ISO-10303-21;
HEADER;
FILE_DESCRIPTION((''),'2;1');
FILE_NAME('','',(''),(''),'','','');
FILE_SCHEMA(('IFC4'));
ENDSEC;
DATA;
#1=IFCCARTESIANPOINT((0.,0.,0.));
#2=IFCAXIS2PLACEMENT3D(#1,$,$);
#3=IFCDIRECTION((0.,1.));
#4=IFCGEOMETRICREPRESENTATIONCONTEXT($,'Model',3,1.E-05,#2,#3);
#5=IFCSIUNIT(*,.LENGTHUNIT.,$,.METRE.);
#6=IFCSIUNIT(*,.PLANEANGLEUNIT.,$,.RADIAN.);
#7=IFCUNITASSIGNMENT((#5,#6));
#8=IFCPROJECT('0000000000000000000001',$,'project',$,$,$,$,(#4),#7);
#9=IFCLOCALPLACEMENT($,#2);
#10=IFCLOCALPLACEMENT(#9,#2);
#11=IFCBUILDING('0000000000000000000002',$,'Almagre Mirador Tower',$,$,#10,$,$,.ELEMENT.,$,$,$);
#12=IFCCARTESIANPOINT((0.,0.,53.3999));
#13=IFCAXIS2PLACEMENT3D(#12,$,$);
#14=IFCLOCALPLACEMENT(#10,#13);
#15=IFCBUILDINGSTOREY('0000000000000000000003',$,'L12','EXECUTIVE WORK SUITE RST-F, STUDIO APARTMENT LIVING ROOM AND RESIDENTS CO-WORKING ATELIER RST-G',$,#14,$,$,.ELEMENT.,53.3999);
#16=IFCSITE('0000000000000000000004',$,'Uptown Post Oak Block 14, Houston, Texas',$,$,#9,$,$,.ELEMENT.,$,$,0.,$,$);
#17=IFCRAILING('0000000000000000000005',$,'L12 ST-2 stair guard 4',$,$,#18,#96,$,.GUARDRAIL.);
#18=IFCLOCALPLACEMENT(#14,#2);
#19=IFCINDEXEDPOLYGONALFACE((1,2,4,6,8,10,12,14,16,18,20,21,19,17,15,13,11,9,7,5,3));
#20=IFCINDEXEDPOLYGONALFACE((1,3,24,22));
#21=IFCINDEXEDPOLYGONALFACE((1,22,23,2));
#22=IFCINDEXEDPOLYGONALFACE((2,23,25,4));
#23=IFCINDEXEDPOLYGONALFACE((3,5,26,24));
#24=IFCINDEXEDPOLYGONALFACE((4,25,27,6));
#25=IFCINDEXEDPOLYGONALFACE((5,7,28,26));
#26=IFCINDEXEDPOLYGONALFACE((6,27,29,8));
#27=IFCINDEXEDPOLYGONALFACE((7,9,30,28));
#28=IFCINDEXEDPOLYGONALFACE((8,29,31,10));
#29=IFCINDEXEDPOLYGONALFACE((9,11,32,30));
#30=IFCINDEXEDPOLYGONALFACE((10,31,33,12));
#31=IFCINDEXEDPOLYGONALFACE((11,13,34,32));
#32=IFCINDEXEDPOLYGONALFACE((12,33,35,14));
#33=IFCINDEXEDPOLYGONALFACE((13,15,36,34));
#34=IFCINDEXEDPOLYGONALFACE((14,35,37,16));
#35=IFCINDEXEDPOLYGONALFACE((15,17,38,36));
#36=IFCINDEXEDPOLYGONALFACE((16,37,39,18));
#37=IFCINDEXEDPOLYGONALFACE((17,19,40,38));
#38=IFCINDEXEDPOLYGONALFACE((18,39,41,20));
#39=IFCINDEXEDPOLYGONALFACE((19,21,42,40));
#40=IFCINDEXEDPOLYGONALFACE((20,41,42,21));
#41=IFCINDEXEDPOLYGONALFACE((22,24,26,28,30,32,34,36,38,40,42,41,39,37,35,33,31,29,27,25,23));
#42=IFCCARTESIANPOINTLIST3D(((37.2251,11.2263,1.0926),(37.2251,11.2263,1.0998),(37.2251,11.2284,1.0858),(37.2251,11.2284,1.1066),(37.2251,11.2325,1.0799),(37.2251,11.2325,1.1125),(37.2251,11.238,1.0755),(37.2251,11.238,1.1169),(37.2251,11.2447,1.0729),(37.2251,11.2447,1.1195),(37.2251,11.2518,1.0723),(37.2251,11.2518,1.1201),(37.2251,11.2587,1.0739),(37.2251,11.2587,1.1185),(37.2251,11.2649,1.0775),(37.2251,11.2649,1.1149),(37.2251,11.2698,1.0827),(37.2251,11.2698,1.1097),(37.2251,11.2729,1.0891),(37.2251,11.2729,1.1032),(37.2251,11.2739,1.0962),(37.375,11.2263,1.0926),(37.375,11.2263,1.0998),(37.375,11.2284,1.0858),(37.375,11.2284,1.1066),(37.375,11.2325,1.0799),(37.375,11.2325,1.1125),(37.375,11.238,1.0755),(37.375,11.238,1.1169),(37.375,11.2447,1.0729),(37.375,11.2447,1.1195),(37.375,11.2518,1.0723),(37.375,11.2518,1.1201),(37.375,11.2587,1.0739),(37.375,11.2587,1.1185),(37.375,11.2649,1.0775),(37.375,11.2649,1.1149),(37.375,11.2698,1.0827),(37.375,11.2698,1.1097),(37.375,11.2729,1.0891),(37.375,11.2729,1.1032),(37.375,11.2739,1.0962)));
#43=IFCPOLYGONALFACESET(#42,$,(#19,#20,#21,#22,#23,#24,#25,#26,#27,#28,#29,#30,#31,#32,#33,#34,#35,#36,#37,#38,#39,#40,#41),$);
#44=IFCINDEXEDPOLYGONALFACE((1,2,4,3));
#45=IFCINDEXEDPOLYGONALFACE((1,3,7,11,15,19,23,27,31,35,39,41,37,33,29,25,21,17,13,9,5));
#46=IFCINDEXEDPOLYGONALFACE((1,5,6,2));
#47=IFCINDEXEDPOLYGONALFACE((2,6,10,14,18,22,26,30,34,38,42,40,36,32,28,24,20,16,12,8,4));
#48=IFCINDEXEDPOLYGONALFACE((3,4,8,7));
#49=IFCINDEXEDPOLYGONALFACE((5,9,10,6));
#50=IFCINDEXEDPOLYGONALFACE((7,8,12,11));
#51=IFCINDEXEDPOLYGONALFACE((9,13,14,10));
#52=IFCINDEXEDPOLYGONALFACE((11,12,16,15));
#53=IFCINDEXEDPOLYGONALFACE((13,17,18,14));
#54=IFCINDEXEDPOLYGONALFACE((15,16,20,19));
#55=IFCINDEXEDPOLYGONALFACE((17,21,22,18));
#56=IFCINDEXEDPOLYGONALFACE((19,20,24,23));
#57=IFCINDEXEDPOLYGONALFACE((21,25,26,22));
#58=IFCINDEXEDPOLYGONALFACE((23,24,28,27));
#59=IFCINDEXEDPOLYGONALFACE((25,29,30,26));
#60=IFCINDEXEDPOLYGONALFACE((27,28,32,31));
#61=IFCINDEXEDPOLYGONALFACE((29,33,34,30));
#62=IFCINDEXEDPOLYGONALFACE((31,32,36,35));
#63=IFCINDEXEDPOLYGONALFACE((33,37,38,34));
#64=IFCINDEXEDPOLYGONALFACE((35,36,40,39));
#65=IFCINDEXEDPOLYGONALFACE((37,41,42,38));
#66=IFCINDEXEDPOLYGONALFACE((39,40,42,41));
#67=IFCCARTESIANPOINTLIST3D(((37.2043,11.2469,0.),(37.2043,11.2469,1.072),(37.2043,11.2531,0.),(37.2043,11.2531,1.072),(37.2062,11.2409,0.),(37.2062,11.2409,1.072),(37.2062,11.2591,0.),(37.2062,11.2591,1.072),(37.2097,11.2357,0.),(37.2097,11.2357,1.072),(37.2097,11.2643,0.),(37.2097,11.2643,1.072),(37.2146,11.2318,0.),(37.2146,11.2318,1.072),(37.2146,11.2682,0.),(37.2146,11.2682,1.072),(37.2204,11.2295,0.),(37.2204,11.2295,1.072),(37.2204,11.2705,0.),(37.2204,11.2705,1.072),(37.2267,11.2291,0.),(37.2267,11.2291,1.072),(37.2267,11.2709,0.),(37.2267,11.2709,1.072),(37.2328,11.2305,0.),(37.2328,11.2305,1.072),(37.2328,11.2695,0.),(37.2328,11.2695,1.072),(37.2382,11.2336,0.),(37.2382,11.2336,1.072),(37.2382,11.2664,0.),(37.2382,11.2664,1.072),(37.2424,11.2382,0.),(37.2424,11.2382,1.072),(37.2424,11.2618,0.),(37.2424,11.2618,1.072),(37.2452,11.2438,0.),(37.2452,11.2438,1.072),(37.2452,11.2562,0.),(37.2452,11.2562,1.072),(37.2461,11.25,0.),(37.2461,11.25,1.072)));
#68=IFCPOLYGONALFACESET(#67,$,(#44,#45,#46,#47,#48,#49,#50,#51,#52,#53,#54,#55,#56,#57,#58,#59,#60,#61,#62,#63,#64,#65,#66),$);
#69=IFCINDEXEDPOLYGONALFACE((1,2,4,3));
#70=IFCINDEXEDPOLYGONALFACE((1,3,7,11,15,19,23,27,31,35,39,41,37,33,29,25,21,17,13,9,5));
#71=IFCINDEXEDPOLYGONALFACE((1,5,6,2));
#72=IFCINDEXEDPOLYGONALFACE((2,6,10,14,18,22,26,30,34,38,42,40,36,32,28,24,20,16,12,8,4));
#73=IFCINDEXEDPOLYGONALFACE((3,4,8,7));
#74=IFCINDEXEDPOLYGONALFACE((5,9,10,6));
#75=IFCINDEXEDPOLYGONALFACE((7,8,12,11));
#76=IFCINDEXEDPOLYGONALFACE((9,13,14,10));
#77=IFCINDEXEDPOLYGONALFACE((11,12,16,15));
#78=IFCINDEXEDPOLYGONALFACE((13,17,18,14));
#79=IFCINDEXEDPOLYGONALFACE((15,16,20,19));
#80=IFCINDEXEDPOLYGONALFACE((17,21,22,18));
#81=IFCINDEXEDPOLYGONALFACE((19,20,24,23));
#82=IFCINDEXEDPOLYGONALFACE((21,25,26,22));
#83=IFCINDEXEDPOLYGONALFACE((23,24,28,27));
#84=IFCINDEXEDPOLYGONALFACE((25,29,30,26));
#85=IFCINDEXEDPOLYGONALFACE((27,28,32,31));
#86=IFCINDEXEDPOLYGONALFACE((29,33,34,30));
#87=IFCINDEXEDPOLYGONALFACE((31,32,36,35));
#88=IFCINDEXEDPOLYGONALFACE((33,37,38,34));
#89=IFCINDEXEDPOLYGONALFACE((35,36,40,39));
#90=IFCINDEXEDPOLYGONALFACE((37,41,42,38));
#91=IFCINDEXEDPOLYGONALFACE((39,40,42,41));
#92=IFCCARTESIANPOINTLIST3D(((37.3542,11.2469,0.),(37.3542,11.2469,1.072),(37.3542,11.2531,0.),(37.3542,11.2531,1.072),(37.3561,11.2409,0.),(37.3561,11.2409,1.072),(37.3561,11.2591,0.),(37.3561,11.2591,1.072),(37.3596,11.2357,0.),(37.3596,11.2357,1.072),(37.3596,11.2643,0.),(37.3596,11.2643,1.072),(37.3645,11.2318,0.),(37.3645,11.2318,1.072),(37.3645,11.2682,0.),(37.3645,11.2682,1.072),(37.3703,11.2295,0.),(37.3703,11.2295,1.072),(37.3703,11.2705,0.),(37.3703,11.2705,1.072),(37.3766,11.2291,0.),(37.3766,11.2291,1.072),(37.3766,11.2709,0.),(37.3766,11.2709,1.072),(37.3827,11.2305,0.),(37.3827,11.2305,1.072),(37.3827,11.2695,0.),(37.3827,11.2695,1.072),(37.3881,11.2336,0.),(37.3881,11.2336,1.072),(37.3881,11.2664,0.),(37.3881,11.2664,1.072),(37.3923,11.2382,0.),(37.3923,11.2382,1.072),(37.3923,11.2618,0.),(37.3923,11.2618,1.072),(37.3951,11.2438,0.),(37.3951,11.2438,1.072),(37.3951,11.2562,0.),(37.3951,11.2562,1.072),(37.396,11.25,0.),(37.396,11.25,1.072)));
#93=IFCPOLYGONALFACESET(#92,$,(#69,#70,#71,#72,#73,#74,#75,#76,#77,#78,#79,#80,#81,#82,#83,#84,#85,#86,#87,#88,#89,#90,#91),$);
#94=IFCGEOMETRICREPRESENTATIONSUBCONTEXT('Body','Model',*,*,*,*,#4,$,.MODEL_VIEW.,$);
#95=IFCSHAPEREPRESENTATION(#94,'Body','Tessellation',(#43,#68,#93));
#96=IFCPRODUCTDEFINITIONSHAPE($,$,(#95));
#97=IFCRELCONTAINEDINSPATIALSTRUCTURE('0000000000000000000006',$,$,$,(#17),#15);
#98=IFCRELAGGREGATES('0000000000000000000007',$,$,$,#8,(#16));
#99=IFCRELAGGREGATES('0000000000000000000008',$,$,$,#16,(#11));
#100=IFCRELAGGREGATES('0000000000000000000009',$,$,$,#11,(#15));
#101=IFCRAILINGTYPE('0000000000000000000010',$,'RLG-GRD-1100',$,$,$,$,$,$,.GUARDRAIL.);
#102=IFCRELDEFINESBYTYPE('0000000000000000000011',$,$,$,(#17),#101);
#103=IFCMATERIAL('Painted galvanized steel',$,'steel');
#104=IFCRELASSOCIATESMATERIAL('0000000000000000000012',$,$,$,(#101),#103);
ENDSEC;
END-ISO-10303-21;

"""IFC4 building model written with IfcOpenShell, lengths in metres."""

from ifc_helpers import new_model, si_unit, direction, frame, origin, origin_2d, place, context, subcontext, project, spatial, circle, extrude, material, type_object, element, save


model = new_model("IFC4")

# Units and contexts
model_context = context("Model", 3, precision=1e-05, world=origin(), true_north=direction((0.0, 1.0)))
body_context = subcontext(model_context, "Body", "Model", "MODEL_VIEW")
ifc_project = project(units=[si_unit("LENGTHUNIT", "METRE"), si_unit("PLANEANGLEUNIT", "RADIAN")], contexts=[model_context])

# Site, building, storey
site_placement = place(None, origin())
site = spatial("IfcSite", under=ifc_project, at=site_placement, Name="Uptown Post Oak Block 14, Houston, Texas", CompositionType="ELEMENT", RefElevation=0.0)
building_placement = place(site_placement, origin())
building = spatial("IfcBuilding", under=site, at=building_placement, Name="Almagre Mirador Tower", CompositionType="ELEMENT")
storey_placement = place(building_placement, frame((0.0, 0.0, 53.3999)))
storey = spatial("IfcBuildingStorey", under=building, at=storey_placement, Name="L12", Description="EXECUTIVE WORK SUITE RST-F, STUDIO APARTMENT LIVING ROOM AND RESIDENTS CO-WORKING ATELIER RST-G", CompositionType="ELEMENT", Elevation=53.3999)

# Railing
ifc_material_1 = material(Name="Painted galvanized steel", Category="steel")
railing_type_1 = type_object("IfcRailingType", Name="RLG-GRD-1100", PredefinedType="GUARDRAIL", material=ifc_material_1)
railing_1_placement = place(storey_placement, frame((37.2251, 11.25, 0.0)))
element("IfcRailing", 1, at=railing_1_placement, inside=storey, type_object=railing_type_1, Name="L12 ST-2 stair guard 4", PredefinedType="GUARDRAIL", context=body_context, shape_type="SweptSolid", body=[
    extrude(circle(Radius=0.0239, at=origin_2d()), frame((0.0, 0.0, 1.0962), z_axis=(1.0, 0.0, 0.0), x_axis=(0.0, 1.0, 0.0)), (0.0, 0.0, 1.0), 0.1499),
    extrude(circle(Radius=0.021, at=origin_2d()), origin(), (0.0, 0.0, 1.0), 1.072),
    extrude(circle(Radius=0.021, at=origin_2d()), frame((0.1499, 0.0, 0.0)), (0.0, 0.0, 1.0), 1.072),
])

save(model, "model.ifc")
